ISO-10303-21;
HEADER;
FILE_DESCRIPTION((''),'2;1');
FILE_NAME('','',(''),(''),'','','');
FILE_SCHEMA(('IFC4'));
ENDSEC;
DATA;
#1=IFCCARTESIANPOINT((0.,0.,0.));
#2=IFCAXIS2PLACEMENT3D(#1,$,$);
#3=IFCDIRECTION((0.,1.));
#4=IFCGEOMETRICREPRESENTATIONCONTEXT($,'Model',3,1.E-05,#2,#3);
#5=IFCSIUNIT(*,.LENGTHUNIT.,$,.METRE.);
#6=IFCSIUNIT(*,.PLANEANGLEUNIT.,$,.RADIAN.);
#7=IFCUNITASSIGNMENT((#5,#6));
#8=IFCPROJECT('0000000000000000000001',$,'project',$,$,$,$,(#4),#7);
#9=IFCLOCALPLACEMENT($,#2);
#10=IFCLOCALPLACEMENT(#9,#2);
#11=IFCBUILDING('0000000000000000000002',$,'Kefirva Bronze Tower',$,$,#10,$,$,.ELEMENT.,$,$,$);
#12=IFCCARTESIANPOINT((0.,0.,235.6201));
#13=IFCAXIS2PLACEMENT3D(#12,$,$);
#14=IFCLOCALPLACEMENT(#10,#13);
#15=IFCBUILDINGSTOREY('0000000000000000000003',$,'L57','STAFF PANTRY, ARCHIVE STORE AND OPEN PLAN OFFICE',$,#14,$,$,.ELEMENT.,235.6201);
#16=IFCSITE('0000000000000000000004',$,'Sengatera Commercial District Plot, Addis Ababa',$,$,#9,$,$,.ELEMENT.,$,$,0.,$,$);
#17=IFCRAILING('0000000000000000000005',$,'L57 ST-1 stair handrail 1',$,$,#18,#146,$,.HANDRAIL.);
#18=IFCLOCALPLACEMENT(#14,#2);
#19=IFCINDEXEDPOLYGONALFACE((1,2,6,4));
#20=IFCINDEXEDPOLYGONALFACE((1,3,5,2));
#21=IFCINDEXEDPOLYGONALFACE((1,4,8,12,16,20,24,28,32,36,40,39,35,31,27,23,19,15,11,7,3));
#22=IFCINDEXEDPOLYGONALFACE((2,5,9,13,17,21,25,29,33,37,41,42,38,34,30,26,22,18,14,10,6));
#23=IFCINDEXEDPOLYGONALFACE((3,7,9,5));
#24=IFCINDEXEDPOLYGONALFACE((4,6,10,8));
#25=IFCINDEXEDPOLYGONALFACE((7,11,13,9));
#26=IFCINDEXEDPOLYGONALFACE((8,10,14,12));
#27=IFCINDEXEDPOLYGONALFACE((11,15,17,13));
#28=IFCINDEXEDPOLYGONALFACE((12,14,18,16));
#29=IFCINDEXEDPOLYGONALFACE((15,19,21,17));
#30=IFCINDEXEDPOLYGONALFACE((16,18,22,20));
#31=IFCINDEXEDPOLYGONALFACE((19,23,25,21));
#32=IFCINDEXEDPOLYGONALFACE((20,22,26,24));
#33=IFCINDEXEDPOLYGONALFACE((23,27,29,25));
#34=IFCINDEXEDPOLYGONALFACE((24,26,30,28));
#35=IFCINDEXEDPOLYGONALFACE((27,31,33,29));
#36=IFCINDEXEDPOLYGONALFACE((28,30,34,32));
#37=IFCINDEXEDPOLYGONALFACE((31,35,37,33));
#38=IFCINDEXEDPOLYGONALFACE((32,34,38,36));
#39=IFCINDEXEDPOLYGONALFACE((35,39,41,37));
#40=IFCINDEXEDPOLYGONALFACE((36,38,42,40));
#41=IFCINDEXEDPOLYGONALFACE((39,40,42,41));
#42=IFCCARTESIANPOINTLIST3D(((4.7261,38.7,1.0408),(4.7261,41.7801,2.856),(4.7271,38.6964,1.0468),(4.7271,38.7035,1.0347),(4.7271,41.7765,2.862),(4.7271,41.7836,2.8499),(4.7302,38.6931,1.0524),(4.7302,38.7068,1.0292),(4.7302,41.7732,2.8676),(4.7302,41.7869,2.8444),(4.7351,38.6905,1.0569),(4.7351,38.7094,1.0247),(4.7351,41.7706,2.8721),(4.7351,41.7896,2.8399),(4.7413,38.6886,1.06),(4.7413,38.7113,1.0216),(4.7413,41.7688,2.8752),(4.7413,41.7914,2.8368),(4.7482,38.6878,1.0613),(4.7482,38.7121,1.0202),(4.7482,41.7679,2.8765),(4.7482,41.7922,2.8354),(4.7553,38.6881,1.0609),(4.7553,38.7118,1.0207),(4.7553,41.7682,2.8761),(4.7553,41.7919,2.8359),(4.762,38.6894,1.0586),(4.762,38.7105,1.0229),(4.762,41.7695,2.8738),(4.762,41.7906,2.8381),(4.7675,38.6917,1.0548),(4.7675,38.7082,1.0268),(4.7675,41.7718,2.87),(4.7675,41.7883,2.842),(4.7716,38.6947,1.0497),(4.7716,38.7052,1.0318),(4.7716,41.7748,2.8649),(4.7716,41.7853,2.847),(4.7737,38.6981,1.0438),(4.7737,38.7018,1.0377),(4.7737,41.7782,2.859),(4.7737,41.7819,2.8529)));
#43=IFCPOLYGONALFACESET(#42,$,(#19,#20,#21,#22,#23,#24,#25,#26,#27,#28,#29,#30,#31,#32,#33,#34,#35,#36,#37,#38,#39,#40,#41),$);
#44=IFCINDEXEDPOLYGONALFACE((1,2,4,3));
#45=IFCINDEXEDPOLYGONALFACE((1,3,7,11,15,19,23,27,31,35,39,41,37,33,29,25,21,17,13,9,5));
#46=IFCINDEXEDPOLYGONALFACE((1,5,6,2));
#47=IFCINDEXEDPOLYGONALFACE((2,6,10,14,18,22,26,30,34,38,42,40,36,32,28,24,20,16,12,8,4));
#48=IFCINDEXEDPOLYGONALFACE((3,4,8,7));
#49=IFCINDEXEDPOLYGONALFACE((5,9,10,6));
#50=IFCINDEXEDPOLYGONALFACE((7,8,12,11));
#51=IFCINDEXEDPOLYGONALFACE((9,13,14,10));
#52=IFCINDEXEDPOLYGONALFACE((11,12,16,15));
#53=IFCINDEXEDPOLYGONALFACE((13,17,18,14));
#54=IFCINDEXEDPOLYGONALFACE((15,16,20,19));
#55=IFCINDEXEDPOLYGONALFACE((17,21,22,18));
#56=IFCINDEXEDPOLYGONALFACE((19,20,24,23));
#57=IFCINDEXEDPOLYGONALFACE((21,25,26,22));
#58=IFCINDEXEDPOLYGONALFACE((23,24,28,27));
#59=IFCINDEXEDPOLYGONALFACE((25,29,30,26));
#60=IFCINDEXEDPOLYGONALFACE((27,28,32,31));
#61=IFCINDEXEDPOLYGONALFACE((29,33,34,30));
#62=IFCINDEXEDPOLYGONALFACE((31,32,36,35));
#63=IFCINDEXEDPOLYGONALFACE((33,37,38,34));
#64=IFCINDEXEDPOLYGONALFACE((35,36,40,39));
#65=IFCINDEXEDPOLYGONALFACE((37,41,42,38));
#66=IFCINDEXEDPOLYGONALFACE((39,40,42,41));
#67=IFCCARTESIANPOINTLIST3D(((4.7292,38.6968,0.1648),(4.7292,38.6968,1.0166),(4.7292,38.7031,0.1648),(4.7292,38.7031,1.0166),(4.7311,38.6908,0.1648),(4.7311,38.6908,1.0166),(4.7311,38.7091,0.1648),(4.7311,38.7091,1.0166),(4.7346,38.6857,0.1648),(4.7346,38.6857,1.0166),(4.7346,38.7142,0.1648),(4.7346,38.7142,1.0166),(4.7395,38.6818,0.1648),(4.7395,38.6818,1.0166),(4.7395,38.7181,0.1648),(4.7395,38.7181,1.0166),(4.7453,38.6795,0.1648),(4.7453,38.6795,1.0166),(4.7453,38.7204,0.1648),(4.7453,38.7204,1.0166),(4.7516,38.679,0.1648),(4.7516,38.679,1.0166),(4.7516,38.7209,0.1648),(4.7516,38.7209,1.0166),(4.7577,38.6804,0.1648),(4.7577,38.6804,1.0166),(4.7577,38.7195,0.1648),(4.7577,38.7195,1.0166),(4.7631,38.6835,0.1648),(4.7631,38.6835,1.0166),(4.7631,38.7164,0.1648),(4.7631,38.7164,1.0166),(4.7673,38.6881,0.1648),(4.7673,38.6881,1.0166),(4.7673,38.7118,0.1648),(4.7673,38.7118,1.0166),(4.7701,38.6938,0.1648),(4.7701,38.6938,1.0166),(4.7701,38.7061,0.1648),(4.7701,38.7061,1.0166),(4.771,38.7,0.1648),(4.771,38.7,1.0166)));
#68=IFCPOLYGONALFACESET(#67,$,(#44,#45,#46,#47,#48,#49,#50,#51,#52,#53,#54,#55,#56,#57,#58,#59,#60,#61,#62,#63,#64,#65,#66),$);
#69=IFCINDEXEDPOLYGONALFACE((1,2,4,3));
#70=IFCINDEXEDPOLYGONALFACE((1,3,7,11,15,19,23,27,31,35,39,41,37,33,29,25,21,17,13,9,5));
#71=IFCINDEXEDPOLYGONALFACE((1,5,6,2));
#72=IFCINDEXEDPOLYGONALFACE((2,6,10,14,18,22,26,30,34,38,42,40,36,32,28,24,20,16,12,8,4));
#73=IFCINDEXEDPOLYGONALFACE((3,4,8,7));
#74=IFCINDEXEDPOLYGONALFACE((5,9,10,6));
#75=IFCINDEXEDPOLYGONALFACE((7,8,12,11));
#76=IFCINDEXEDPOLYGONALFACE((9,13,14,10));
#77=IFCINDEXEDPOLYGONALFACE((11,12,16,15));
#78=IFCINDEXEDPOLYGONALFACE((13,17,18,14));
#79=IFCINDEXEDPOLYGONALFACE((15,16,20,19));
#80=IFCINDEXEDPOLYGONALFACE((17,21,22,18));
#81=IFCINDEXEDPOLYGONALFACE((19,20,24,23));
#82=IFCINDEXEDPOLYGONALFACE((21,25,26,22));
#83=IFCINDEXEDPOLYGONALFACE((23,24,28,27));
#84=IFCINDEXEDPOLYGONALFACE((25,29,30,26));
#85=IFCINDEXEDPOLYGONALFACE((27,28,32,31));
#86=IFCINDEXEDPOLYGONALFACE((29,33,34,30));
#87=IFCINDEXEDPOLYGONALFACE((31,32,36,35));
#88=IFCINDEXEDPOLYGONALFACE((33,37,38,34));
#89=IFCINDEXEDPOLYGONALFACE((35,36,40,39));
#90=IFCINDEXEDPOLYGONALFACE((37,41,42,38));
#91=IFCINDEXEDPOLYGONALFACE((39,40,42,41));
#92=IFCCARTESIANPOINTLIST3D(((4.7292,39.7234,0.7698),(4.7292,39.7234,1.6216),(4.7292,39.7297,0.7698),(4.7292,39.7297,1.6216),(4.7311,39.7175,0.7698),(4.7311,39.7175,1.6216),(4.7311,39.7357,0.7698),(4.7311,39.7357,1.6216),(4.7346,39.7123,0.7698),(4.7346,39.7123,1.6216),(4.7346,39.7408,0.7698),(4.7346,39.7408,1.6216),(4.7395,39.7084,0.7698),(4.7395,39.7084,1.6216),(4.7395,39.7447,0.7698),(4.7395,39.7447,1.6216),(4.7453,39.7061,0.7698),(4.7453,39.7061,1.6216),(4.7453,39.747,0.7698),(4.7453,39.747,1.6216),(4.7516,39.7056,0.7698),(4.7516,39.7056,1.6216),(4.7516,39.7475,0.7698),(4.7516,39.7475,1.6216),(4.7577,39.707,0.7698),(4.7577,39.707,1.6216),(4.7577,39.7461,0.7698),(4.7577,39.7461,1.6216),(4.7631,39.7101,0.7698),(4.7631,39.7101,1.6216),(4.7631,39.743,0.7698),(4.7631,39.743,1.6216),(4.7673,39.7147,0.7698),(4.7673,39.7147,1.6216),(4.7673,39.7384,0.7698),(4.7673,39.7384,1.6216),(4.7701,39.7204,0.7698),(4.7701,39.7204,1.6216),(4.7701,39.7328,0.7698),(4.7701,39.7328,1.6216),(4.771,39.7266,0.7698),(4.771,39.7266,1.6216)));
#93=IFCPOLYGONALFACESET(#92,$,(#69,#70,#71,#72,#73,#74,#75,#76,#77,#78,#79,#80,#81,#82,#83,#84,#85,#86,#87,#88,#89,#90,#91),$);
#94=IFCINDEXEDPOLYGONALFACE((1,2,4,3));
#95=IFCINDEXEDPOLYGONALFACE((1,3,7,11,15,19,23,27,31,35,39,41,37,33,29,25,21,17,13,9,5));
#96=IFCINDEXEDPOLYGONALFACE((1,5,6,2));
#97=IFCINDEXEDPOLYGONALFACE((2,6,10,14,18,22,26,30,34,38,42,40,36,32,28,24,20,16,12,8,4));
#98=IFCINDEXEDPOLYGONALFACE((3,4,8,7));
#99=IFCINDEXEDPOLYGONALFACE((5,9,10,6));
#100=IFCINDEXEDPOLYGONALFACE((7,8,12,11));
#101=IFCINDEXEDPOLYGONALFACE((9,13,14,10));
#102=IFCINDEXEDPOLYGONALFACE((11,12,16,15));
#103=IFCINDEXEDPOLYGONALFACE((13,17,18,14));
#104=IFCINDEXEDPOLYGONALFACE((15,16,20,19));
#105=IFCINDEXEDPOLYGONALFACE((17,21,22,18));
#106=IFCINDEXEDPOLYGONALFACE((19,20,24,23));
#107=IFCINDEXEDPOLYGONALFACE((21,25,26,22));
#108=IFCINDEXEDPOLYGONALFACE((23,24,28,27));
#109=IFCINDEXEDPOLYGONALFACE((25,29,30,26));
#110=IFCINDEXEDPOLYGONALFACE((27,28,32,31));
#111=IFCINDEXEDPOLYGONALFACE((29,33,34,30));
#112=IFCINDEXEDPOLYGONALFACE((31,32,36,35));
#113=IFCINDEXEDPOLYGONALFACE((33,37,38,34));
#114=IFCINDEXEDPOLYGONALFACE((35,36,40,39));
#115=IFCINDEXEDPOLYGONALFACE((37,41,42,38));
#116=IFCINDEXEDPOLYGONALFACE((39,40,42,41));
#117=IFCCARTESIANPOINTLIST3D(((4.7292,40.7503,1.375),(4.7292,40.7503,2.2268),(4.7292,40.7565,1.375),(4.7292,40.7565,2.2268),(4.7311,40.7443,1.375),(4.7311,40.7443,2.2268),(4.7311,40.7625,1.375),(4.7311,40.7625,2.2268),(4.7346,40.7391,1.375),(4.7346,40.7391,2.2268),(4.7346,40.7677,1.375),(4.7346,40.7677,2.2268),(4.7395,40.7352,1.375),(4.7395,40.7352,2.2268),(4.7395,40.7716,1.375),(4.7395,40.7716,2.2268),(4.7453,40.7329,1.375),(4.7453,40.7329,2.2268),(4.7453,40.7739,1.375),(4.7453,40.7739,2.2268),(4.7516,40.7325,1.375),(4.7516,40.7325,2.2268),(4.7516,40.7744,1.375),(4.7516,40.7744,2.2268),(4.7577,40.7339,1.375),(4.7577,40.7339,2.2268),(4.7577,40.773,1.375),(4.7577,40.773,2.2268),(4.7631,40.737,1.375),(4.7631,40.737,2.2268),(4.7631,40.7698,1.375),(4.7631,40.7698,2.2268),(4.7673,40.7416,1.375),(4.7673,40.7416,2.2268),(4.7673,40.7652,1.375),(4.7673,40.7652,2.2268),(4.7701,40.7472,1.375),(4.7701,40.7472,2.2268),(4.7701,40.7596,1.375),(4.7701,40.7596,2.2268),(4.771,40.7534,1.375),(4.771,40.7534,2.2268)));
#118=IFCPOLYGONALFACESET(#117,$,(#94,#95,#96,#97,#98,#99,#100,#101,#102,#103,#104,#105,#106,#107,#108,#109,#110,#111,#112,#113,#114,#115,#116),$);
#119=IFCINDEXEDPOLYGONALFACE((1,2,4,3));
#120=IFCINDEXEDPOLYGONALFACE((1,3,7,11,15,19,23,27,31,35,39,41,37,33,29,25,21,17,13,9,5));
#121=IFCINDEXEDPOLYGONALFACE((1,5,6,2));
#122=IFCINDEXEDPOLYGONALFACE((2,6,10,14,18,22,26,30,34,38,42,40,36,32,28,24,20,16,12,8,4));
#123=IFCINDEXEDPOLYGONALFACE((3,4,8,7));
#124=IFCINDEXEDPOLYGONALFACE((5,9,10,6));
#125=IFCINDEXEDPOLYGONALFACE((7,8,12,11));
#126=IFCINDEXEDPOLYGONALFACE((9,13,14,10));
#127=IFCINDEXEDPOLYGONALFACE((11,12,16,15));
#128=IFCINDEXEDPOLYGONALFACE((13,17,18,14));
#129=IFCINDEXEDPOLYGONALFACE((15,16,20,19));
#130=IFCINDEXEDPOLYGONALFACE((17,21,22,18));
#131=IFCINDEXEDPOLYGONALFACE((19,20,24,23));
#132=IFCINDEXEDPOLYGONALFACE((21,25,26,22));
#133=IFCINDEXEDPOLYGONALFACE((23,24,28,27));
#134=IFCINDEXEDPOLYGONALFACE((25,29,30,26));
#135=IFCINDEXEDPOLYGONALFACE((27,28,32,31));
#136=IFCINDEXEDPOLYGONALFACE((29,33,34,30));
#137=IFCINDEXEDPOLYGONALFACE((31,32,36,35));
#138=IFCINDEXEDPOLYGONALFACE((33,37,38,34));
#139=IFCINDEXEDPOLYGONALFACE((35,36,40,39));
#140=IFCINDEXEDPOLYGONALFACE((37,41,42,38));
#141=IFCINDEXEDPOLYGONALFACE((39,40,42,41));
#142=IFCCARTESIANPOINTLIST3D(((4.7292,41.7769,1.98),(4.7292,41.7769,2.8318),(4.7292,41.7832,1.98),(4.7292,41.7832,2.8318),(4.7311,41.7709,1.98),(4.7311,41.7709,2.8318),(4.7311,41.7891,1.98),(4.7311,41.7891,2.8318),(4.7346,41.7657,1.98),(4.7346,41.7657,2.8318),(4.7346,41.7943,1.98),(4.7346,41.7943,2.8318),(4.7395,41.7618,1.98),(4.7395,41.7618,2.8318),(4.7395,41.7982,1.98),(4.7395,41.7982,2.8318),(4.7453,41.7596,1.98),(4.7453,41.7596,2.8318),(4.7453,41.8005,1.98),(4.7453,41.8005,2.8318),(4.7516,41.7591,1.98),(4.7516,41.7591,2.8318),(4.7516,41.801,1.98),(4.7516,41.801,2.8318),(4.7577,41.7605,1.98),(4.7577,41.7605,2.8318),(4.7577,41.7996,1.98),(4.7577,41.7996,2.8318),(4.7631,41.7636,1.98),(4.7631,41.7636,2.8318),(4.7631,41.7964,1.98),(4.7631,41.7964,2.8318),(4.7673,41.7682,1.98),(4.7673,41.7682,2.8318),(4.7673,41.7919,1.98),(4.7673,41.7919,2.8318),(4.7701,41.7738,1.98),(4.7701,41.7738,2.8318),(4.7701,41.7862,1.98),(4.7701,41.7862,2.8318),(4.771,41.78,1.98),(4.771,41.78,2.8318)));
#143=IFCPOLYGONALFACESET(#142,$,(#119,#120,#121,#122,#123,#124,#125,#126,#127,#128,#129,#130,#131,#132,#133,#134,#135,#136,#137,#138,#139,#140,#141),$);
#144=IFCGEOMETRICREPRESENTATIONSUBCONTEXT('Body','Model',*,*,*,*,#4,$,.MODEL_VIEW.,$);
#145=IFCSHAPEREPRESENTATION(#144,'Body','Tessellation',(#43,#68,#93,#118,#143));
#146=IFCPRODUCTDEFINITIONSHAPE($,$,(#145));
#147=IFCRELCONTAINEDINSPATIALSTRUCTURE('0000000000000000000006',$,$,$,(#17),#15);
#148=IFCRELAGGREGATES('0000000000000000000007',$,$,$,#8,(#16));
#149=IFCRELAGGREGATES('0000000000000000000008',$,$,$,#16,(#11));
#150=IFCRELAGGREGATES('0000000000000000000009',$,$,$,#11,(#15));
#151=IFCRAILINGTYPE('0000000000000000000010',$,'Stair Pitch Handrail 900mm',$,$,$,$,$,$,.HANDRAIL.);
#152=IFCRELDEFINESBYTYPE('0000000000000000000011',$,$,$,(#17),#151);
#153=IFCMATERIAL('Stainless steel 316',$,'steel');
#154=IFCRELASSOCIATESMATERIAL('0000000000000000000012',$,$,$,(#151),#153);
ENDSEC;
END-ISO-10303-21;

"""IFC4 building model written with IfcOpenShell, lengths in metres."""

from ifc_helpers import new_model, si_unit, direction, frame, origin, origin_2d, place, context, subcontext, project, spatial, circle, extrude, material, type_object, element, save


model = new_model("IFC4")

# Units and contexts
model_context = context("Model", 3, precision=1e-05, world=origin(), true_north=direction((0.0, 1.0)))
body_context = subcontext(model_context, "Body", "Model", "MODEL_VIEW")
ifc_project = project(units=[si_unit("LENGTHUNIT", "METRE"), si_unit("PLANEANGLEUNIT", "RADIAN")], contexts=[model_context])

# Site, building, storey
site_placement = place(None, origin())
site = spatial("IfcSite", under=ifc_project, at=site_placement, Name="Sengatera Commercial District Plot, Addis Ababa", CompositionType="ELEMENT", RefElevation=0.0)
building_placement = place(site_placement, origin())
building = spatial("IfcBuilding", under=site, at=building_placement, Name="Kefirva Bronze Tower", CompositionType="ELEMENT")
storey_placement = place(building_placement, frame((0.0, 0.0, 235.6201)))
storey = spatial("IfcBuildingStorey", under=building, at=storey_placement, Name="L57", Description="STAFF PANTRY, ARCHIVE STORE AND OPEN PLAN OFFICE", CompositionType="ELEMENT", Elevation=235.6201)

# Shared definitions
ifc_material_1 = material(Name="Stainless steel 316", Category="steel")

# Railing
railing_type = type_object("IfcRailingType", Name="Stair Pitch Handrail 900mm", PredefinedType="HANDRAIL", material=ifc_material_1)
railing_placement = place(storey_placement, frame((4.75, 38.7, 0.1648)))
element("IfcRailing", 1, at=railing_placement, inside=storey, type_object=railing_type, Name="L57 ST-1 stair handrail 1", PredefinedType="HANDRAIL", context=body_context, shape_type="SweptSolid", body=[
    extrude(circle(Radius=0.0239, at=origin_2d()), frame((0.0, 0.0, 0.876), z_axis=(0.0, 0.861521, 0.507721), x_axis=(-1.0, 0.0, 0.0)), (0.0, 0.0, 1.0), 3.5752),
    extrude(circle(Radius=0.021, at=origin_2d()), origin(), (0.0, 0.0, 1.0), 0.8518),
    extrude(circle(Radius=0.021, at=origin_2d()), frame((0.0, 1.0266, 0.605)), (0.0, 0.0, 1.0), 0.8518),
    extrude(circle(Radius=0.021, at=origin_2d()), frame((0.0, 2.0535, 1.2102)), (0.0, 0.0, 1.0), 0.8518),
    extrude(circle(Radius=0.021, at=origin_2d()), frame((0.0, 3.0801, 1.8152)), (0.0, 0.0, 1.0), 0.8518),
])

save(model, "model.ifc")
